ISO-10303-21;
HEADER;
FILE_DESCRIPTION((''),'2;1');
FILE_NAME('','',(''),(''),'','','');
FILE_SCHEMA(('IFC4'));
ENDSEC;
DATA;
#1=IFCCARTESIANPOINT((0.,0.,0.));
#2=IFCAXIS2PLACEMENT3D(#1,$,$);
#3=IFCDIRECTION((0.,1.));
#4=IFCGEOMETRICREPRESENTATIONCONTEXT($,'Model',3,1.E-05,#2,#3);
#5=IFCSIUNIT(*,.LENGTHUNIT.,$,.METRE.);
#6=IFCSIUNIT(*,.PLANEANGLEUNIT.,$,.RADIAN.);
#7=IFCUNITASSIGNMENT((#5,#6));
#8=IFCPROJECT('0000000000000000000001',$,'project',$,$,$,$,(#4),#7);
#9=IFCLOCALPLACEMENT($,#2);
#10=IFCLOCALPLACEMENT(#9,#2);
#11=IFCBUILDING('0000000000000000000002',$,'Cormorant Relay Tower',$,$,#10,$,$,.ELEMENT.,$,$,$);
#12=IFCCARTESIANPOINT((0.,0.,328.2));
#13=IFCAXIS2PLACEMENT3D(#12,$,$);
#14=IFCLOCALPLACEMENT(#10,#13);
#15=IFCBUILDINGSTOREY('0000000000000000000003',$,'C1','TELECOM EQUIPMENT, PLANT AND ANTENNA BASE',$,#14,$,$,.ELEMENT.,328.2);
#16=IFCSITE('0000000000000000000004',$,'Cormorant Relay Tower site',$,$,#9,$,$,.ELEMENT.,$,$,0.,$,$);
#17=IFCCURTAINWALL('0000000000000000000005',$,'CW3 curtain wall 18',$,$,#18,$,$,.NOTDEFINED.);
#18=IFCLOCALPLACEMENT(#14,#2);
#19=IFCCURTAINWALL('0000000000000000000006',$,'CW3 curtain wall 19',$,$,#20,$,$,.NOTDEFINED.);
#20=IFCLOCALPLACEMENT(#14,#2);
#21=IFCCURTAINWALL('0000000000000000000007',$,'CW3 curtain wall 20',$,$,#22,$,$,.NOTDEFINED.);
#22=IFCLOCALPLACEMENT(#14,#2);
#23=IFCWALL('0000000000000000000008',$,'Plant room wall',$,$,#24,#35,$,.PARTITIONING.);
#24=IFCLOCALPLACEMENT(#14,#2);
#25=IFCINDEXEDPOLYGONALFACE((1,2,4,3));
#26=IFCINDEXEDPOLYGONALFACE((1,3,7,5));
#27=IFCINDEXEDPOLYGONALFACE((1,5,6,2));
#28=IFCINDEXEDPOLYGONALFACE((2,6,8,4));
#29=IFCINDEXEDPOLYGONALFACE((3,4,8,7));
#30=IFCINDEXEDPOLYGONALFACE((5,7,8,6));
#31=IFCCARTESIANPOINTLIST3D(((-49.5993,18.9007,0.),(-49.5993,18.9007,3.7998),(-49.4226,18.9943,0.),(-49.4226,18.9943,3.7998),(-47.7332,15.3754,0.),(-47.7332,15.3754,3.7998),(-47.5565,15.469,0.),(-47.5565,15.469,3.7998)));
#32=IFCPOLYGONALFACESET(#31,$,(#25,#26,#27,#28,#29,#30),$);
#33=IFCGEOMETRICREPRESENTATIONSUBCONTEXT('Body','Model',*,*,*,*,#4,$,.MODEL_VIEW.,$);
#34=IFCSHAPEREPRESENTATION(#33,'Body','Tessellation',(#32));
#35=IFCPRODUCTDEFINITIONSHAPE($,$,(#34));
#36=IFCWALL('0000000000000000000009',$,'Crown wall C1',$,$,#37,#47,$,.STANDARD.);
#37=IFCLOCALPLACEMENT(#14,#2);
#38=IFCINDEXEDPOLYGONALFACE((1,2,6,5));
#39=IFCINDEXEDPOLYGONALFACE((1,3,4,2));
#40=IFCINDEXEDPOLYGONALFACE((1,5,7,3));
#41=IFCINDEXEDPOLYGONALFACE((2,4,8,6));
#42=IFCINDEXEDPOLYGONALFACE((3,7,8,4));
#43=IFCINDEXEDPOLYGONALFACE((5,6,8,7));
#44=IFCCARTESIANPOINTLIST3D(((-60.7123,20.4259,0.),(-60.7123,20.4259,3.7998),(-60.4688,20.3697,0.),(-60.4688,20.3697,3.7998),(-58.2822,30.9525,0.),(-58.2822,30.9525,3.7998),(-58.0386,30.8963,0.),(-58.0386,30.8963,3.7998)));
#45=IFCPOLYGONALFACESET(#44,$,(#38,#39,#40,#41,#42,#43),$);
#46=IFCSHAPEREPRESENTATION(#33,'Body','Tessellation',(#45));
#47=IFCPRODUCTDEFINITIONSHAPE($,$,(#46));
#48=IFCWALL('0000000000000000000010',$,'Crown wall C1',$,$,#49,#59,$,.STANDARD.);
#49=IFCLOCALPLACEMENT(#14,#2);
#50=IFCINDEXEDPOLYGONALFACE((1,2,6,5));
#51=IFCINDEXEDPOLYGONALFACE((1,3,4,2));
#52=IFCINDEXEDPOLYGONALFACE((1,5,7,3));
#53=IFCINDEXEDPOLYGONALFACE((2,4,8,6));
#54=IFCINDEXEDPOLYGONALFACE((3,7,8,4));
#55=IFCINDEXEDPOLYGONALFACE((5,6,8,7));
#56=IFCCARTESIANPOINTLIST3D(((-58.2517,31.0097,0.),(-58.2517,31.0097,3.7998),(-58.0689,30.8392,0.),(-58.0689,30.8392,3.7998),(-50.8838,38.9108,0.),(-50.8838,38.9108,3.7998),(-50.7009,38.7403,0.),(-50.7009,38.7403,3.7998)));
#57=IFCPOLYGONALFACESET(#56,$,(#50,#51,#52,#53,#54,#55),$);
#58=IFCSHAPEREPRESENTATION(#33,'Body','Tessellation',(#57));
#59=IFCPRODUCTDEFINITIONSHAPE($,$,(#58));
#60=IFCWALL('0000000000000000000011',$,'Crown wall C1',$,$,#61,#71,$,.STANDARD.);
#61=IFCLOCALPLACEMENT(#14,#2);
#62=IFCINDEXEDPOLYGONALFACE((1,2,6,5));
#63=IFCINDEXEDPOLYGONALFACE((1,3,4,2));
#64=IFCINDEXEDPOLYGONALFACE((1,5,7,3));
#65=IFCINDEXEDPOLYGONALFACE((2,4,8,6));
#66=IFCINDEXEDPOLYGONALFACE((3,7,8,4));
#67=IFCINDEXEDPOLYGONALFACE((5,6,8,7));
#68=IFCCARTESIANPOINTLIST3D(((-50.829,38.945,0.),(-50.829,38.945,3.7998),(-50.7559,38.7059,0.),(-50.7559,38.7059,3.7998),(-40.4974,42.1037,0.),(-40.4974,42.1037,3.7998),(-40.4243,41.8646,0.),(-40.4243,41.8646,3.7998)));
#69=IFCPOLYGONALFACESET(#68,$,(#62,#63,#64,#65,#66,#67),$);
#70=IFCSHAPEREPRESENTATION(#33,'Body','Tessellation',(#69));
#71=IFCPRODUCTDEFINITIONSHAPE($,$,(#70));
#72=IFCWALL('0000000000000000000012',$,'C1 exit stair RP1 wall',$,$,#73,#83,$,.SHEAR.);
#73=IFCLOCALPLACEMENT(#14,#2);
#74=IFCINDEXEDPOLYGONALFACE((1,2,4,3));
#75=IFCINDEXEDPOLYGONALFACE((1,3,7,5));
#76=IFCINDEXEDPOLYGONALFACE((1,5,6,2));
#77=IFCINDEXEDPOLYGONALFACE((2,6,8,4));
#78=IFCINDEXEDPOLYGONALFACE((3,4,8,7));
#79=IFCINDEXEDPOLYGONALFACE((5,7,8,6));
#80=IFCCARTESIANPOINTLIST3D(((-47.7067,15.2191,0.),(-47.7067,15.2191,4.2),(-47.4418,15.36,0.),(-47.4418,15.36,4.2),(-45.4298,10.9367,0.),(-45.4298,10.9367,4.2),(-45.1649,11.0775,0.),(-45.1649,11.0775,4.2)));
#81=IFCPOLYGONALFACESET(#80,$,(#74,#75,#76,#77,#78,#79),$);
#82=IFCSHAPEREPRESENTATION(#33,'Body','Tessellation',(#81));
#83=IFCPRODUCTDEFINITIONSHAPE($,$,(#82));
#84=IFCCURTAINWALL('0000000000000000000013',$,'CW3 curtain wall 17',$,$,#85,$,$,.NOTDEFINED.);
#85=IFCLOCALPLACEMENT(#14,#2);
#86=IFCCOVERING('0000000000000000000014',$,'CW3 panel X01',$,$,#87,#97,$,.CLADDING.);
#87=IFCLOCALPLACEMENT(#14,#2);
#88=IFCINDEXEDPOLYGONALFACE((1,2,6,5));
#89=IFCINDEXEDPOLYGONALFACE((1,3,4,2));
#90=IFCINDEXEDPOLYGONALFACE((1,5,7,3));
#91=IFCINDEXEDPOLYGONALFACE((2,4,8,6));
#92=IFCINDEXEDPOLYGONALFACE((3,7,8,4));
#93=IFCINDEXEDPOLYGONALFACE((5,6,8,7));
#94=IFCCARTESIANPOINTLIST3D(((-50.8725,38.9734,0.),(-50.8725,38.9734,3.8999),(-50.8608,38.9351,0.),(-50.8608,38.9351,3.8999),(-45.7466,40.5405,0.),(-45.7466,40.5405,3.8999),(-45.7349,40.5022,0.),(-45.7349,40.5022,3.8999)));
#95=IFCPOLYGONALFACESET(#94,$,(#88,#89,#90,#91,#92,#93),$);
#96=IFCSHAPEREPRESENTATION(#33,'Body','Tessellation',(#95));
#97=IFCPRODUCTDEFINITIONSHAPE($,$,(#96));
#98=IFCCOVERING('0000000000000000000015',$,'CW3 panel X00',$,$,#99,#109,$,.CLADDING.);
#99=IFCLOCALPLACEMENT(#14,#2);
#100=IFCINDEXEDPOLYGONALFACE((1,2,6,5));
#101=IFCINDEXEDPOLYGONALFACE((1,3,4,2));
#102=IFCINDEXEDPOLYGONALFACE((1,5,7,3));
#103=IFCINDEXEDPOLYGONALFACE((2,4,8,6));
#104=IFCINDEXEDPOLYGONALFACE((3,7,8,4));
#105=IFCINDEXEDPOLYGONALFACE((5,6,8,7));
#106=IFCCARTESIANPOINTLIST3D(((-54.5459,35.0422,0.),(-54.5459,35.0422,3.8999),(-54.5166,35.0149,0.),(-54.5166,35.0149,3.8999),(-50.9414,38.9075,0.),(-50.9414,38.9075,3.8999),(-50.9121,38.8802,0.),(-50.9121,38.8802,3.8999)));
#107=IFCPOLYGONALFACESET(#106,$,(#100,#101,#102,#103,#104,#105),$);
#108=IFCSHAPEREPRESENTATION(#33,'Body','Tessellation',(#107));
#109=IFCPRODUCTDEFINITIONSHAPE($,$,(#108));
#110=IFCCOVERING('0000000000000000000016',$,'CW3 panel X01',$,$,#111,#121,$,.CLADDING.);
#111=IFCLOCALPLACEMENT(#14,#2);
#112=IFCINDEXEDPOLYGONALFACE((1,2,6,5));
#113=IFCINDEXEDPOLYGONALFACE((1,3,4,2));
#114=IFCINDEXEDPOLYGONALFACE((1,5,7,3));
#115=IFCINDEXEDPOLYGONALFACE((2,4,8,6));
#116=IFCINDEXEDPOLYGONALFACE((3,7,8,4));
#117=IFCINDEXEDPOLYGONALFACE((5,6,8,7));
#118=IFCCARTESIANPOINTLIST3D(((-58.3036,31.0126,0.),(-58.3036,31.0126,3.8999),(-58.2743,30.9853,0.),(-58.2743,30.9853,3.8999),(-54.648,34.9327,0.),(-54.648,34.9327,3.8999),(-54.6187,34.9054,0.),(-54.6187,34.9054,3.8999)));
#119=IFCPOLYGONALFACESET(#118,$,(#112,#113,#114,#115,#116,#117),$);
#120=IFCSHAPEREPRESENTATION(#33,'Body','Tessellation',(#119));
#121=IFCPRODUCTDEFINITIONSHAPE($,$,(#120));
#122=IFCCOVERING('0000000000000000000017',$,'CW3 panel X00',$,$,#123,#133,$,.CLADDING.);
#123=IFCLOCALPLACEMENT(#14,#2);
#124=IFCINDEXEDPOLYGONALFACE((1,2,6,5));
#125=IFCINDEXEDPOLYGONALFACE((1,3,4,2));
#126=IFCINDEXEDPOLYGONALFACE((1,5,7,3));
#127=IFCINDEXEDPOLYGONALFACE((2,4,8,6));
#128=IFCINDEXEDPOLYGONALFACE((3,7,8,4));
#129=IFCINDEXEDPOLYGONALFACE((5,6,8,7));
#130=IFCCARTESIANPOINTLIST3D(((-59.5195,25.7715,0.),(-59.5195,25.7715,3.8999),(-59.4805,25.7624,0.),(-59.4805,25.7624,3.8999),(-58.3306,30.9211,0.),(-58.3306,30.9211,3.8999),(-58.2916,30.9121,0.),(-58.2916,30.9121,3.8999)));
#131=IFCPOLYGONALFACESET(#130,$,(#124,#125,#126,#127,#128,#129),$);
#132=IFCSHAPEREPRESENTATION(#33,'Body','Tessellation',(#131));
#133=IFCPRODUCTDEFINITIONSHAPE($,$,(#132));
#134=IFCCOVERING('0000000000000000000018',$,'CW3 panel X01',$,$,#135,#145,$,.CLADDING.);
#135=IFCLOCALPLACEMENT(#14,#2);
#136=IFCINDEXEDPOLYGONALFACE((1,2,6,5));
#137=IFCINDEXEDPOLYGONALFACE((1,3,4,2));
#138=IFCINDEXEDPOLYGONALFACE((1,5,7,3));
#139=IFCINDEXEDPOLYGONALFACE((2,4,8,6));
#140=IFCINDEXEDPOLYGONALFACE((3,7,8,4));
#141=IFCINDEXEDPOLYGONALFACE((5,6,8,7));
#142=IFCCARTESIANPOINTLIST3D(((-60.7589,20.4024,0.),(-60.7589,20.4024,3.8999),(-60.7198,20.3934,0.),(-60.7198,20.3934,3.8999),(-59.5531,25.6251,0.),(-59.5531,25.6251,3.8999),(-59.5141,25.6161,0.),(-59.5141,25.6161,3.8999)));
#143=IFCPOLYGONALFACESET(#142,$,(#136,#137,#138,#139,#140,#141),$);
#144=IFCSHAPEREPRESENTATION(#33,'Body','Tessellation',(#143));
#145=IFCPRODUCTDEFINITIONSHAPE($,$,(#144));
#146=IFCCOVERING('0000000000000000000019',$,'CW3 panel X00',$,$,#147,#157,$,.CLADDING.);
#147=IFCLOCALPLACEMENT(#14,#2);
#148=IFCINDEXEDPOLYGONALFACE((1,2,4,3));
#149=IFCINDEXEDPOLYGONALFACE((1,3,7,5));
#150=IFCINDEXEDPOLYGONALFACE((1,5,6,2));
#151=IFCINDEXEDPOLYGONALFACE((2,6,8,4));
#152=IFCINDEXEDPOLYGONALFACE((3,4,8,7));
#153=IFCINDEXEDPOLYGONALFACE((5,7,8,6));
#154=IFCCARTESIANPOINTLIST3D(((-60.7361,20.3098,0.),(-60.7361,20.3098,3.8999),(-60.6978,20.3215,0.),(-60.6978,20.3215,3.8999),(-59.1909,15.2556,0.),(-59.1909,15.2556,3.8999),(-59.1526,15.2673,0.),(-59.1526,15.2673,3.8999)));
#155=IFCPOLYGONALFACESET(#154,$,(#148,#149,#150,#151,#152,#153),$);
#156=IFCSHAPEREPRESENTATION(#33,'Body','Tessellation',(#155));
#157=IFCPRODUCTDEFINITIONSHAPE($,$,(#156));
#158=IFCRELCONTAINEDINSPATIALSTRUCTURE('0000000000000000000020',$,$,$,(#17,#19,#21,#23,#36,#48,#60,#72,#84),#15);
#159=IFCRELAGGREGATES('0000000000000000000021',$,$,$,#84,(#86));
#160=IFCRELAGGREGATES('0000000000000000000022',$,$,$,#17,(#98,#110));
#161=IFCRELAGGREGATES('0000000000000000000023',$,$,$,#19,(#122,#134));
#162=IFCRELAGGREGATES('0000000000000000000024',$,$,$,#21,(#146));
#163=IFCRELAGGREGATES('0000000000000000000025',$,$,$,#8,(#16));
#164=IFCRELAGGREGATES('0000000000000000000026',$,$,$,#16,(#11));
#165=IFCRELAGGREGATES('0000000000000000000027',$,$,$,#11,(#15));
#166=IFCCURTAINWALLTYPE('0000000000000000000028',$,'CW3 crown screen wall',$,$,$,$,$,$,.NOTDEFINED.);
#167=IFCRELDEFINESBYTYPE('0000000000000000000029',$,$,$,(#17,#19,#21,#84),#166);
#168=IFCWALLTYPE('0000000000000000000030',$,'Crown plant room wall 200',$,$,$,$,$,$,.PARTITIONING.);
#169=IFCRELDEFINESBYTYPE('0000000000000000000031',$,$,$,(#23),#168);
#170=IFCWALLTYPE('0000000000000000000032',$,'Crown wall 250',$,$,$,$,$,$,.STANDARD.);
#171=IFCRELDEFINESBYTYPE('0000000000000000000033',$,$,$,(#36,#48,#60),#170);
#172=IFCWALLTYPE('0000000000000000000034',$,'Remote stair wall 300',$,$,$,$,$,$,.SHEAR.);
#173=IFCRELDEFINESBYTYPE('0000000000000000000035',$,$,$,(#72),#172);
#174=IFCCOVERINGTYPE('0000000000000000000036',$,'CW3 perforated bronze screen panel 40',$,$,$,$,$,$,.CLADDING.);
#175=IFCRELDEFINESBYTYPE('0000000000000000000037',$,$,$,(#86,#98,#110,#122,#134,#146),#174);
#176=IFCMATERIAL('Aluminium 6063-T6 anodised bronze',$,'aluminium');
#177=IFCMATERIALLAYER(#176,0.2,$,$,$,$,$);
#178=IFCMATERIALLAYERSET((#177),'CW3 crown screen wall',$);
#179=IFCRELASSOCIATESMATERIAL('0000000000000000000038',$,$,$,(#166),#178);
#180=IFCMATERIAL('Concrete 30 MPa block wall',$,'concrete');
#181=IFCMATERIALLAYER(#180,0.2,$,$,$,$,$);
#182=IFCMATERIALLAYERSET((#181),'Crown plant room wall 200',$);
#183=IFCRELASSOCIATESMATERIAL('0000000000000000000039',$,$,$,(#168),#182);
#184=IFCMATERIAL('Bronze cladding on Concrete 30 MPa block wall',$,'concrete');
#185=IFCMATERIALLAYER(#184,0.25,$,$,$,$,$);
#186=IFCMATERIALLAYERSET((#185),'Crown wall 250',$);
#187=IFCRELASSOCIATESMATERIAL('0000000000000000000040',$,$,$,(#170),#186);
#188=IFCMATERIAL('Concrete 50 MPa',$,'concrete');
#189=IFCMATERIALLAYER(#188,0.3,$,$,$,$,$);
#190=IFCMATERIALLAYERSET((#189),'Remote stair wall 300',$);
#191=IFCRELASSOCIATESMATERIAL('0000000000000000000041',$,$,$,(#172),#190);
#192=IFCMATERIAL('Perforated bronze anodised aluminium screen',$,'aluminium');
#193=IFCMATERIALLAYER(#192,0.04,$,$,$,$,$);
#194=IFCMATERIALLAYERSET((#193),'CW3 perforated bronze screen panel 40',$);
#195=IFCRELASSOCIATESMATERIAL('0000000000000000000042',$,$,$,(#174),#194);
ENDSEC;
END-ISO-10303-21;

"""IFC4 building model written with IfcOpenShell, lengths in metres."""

from ifc_helpers import new_model, si_unit, direction, frame, frame_2d, origin, origin_2d, place, context, subcontext, project, spatial, rectangle, extrude, material, layer, layer_set, type_object, element, aggregate, save


model = new_model("IFC4")

# Units and contexts
model_context = context("Model", 3, precision=1e-05, world=origin(), true_north=direction((0.0, 1.0)))
body_context = subcontext(model_context, "Body", "Model", "MODEL_VIEW")
ifc_project = project(units=[si_unit("LENGTHUNIT", "METRE"), si_unit("PLANEANGLEUNIT", "RADIAN")], contexts=[model_context])

# Site, building, storey
site_placement = place(None, origin())
site = spatial("IfcSite", under=ifc_project, at=site_placement, Name="Cormorant Relay Tower site", CompositionType="ELEMENT", RefElevation=0.0)
building_placement = place(site_placement, origin())
building = spatial("IfcBuilding", under=site, at=building_placement, Name="Cormorant Relay Tower", CompositionType="ELEMENT")
storey_placement = place(building_placement, frame((0.0, 0.0, 328.2)))
storey = spatial("IfcBuildingStorey", under=building, at=storey_placement, Name="C1", Description="TELECOM EQUIPMENT, PLANT AND ANTENNA BASE", CompositionType="ELEMENT", Elevation=328.2)

# Curtain walls
ifc_material_1 = material(Name="Aluminium 6063-T6 anodised bronze", Category="aluminium")
ifc_layer_1 = layer(ifc_material_1, 0.2)
ifc_layer_set_1 = layer_set([ifc_layer_1], Name="CW3 crown screen wall")
curtain_wall_type = type_object("IfcCurtainWallType", Name="CW3 crown screen wall", PredefinedType="NOTDEFINED", material=ifc_layer_set_1)
curtain_wall_1_placement = place(storey_placement, origin())
curtain_wall_1 = element("IfcCurtainWall", 1, at=curtain_wall_1_placement, inside=storey, type_object=curtain_wall_type, Name="CW3 curtain wall 18", PredefinedType="NOTDEFINED")
curtain_wall_2_placement = place(storey_placement, origin())
curtain_wall_2 = element("IfcCurtainWall", 2, at=curtain_wall_2_placement, inside=storey, type_object=curtain_wall_type, Name="CW3 curtain wall 19", PredefinedType="NOTDEFINED")
curtain_wall_3_placement = place(storey_placement, origin())
curtain_wall_3 = element("IfcCurtainWall", 3, at=curtain_wall_3_placement, inside=storey, type_object=curtain_wall_type, Name="CW3 curtain wall 20", PredefinedType="NOTDEFINED")

# Shared definitions
ifc_material_2 = material(Name="Concrete 30 MPa block wall", Category="concrete")
ifc_layer_2 = layer(ifc_material_2, 0.2)
ifc_layer_set_2 = layer_set([ifc_layer_2], Name="Crown plant room wall 200")
wall_type_1 = type_object("IfcWallType", Name="Crown plant room wall 200", PredefinedType="PARTITIONING", material=ifc_layer_set_2)

# Walls
wall_1_placement = place(storey_placement, frame((-49.511, 18.9475, 0.0), z_axis=(0.0, 0.0, 1.0), x_axis=(0.467854, -0.883806, 0.0)))
element("IfcWall", 4, at=wall_1_placement, inside=storey, type_object=wall_type_1, Name="Plant room wall", PredefinedType="PARTITIONING", context=body_context, shape_type="SweptSolid", body=[
    extrude(rectangle(XDim=3.9888, YDim=0.2, at=frame_2d((1.9944, 0.0))), origin(), (0.0, 0.0, 1.0), 3.7998),
])
ifc_material_3 = material(Name="Bronze cladding on Concrete 30 MPa block wall", Category="concrete")
ifc_layer_3 = layer(ifc_material_3, 0.25)
ifc_layer_set_3 = layer_set([ifc_layer_3], Name="Crown wall 250")
wall_type_2 = type_object("IfcWallType", Name="Crown wall 250", PredefinedType="STANDARD", material=ifc_layer_set_3)
for number, where, z_axis, x_axis, name in (
    (5, (-60.5906, 20.3977, 0.0), (0.0, 0.0, 1.0), (0.224944, 0.974372, 0.0), "Crown wall C1"),
    (6, (-58.1604, 30.9243, 0.0), (0.0, 0.0, 1.0), (0.681999, 0.731354, 0.0), "Crown wall C1"),
):
    element("IfcWall", number, at=place(storey_placement, frame(where, z_axis=z_axis, x_axis=x_axis)), inside=storey, type_object=wall_type_2, Name=name, PredefinedType="STANDARD", context=body_context, shape_type="SweptSolid", body=[
        extrude(rectangle(XDim=10.8035, YDim=0.25, at=frame_2d((5.4019, 0.0))), origin(), (0.0, 0.0, 1.0), 3.7998),
    ])
wall_2_placement = place(storey_placement, frame((-50.7925, 38.8254, 0.0), z_axis=(0.0, 0.0, 1.0), x_axis=(0.956304, 0.292374, 0.0)))
element("IfcWall", 7, at=wall_2_placement, inside=storey, type_object=wall_type_2, Name="Crown wall C1", PredefinedType="STANDARD", context=body_context, shape_type="SweptSolid", body=[
    extrude(rectangle(XDim=10.8037, YDim=0.25, at=frame_2d((5.4019, 0.0))), origin(), (0.0, 0.0, 1.0), 3.7998),
])
ifc_material_4 = material(Name="Concrete 50 MPa", Category="concrete")
ifc_layer_4 = layer(ifc_material_4, 0.3)
ifc_layer_set_4 = layer_set([ifc_layer_4], Name="Remote stair wall 300")
wall_type_3 = type_object("IfcWallType", Name="Remote stair wall 300", PredefinedType="SHEAR", material=ifc_layer_set_4)
wall_3_placement = place(storey_placement, frame((-47.5742, 15.2896, 0.0), z_axis=(0.0, 0.0, 1.0), x_axis=(0.469443, -0.882963, 0.0)))
element("IfcWall", 8, at=wall_3_placement, inside=storey, type_object=wall_type_3, Name="C1 exit stair RP1 wall", PredefinedType="SHEAR", context=body_context, shape_type="SweptSolid", body=[
    extrude(rectangle(XDim=4.8501, YDim=0.3, at=frame_2d((2.425, 0.0))), origin(), (0.0, 0.0, 1.0), 4.2),
])

# Curtain wall, covering
curtain_wall_4_placement = place(storey_placement, origin())
curtain_wall_4 = element("IfcCurtainWall", 9, at=curtain_wall_4_placement, inside=storey, type_object=curtain_wall_type, Name="CW3 curtain wall 17", PredefinedType="NOTDEFINED")
ifc_material_5 = material(Name="Perforated bronze anodised aluminium screen", Category="aluminium")
ifc_layer_5 = layer(ifc_material_5, 0.04)
ifc_layer_set_5 = layer_set([ifc_layer_5], Name="CW3 perforated bronze screen panel 40")
covering_type = type_object("IfcCoveringType", Name="CW3 perforated bronze screen panel 40", PredefinedType="CLADDING", material=ifc_layer_set_5)
covering_1_placement = place(storey_placement, frame((-48.3037, 39.7378, 0.0), z_axis=(0.0, 0.0, 1.0), x_axis=(-0.956305, -0.292372, 0.0)))
covering_1 = element("IfcCovering", 10, at=covering_1_placement, type_object=covering_type, Name="CW3 panel X01", PredefinedType="CLADDING", context=body_context, shape_type="SweptSolid", body=[
    extrude(rectangle(XDim=5.3601, YDim=0.04, at=origin_2d()), origin(), (0.0, 0.0, 1.0), 3.8999),
])
aggregate(curtain_wall_4, [covering_1])

# Coverings
covering_2_placement = place(storey_placement, frame((-52.729, 36.9612, 0.0), z_axis=(0.0, 0.0, 1.0), x_axis=(-0.681998, -0.731354, 0.0)))
covering_2 = element("IfcCovering", 11, at=covering_2_placement, type_object=covering_type, Name="CW3 panel X00", PredefinedType="CLADDING", context=body_context, shape_type="SweptSolid", body=[
    extrude(rectangle(XDim=5.2852, YDim=0.04, at=origin_2d()), origin(), (0.0, 0.0, 1.0), 3.8999),
])
covering_3_placement = place(storey_placement, frame((-56.4612, 32.959, 0.0), z_axis=(0.0, 0.0, 1.0), x_axis=(-0.681998, -0.731354, 0.0)))
covering_3 = element("IfcCovering", 12, at=covering_3_placement, type_object=covering_type, Name="CW3 panel X01", PredefinedType="CLADDING", context=body_context, shape_type="SweptSolid", body=[
    extrude(rectangle(XDim=5.3601, YDim=0.04, at=origin_2d()), origin(), (0.0, 0.0, 1.0), 3.8999),
])
aggregate(curtain_wall_1, [covering_2, covering_3])
covering_4_placement = place(storey_placement, frame((-58.9055, 28.3418, 0.0), z_axis=(0.0, 0.0, 1.0), x_axis=(-0.224951, -0.97437, 0.0)))
covering_4 = element("IfcCovering", 13, at=covering_4_placement, type_object=covering_type, Name="CW3 panel X00", PredefinedType="CLADDING", context=body_context, shape_type="SweptSolid", body=[
    extrude(rectangle(XDim=5.2852, YDim=0.04, at=origin_2d()), origin(), (0.0, 0.0, 1.0), 3.8999),
])
covering_5_placement = place(storey_placement, frame((-60.1365, 23.0093, 0.0), z_axis=(0.0, 0.0, 1.0), x_axis=(-0.224951, -0.97437, 0.0)))
covering_5 = element("IfcCovering", 14, at=covering_5_placement, type_object=covering_type, Name="CW3 panel X01", PredefinedType="CLADDING", context=body_context, shape_type="SweptSolid", body=[
    extrude(rectangle(XDim=5.3601, YDim=0.04, at=origin_2d()), origin(), (0.0, 0.0, 1.0), 3.8999),
])
aggregate(curtain_wall_2, [covering_4, covering_5])
covering_6_placement = place(storey_placement, frame((-59.9443, 17.7886, 0.0), z_axis=(0.0, 0.0, 1.0), x_axis=(0.292372, -0.956305, 0.0)))
covering_6 = element("IfcCovering", 15, at=covering_6_placement, type_object=covering_type, Name="CW3 panel X00", PredefinedType="CLADDING", context=body_context, shape_type="SweptSolid", body=[
    extrude(rectangle(XDim=5.2852, YDim=0.04, at=origin_2d()), origin(), (0.0, 0.0, 1.0), 3.8999),
])
aggregate(curtain_wall_3, [covering_6])

save(model, "model.ifc")
